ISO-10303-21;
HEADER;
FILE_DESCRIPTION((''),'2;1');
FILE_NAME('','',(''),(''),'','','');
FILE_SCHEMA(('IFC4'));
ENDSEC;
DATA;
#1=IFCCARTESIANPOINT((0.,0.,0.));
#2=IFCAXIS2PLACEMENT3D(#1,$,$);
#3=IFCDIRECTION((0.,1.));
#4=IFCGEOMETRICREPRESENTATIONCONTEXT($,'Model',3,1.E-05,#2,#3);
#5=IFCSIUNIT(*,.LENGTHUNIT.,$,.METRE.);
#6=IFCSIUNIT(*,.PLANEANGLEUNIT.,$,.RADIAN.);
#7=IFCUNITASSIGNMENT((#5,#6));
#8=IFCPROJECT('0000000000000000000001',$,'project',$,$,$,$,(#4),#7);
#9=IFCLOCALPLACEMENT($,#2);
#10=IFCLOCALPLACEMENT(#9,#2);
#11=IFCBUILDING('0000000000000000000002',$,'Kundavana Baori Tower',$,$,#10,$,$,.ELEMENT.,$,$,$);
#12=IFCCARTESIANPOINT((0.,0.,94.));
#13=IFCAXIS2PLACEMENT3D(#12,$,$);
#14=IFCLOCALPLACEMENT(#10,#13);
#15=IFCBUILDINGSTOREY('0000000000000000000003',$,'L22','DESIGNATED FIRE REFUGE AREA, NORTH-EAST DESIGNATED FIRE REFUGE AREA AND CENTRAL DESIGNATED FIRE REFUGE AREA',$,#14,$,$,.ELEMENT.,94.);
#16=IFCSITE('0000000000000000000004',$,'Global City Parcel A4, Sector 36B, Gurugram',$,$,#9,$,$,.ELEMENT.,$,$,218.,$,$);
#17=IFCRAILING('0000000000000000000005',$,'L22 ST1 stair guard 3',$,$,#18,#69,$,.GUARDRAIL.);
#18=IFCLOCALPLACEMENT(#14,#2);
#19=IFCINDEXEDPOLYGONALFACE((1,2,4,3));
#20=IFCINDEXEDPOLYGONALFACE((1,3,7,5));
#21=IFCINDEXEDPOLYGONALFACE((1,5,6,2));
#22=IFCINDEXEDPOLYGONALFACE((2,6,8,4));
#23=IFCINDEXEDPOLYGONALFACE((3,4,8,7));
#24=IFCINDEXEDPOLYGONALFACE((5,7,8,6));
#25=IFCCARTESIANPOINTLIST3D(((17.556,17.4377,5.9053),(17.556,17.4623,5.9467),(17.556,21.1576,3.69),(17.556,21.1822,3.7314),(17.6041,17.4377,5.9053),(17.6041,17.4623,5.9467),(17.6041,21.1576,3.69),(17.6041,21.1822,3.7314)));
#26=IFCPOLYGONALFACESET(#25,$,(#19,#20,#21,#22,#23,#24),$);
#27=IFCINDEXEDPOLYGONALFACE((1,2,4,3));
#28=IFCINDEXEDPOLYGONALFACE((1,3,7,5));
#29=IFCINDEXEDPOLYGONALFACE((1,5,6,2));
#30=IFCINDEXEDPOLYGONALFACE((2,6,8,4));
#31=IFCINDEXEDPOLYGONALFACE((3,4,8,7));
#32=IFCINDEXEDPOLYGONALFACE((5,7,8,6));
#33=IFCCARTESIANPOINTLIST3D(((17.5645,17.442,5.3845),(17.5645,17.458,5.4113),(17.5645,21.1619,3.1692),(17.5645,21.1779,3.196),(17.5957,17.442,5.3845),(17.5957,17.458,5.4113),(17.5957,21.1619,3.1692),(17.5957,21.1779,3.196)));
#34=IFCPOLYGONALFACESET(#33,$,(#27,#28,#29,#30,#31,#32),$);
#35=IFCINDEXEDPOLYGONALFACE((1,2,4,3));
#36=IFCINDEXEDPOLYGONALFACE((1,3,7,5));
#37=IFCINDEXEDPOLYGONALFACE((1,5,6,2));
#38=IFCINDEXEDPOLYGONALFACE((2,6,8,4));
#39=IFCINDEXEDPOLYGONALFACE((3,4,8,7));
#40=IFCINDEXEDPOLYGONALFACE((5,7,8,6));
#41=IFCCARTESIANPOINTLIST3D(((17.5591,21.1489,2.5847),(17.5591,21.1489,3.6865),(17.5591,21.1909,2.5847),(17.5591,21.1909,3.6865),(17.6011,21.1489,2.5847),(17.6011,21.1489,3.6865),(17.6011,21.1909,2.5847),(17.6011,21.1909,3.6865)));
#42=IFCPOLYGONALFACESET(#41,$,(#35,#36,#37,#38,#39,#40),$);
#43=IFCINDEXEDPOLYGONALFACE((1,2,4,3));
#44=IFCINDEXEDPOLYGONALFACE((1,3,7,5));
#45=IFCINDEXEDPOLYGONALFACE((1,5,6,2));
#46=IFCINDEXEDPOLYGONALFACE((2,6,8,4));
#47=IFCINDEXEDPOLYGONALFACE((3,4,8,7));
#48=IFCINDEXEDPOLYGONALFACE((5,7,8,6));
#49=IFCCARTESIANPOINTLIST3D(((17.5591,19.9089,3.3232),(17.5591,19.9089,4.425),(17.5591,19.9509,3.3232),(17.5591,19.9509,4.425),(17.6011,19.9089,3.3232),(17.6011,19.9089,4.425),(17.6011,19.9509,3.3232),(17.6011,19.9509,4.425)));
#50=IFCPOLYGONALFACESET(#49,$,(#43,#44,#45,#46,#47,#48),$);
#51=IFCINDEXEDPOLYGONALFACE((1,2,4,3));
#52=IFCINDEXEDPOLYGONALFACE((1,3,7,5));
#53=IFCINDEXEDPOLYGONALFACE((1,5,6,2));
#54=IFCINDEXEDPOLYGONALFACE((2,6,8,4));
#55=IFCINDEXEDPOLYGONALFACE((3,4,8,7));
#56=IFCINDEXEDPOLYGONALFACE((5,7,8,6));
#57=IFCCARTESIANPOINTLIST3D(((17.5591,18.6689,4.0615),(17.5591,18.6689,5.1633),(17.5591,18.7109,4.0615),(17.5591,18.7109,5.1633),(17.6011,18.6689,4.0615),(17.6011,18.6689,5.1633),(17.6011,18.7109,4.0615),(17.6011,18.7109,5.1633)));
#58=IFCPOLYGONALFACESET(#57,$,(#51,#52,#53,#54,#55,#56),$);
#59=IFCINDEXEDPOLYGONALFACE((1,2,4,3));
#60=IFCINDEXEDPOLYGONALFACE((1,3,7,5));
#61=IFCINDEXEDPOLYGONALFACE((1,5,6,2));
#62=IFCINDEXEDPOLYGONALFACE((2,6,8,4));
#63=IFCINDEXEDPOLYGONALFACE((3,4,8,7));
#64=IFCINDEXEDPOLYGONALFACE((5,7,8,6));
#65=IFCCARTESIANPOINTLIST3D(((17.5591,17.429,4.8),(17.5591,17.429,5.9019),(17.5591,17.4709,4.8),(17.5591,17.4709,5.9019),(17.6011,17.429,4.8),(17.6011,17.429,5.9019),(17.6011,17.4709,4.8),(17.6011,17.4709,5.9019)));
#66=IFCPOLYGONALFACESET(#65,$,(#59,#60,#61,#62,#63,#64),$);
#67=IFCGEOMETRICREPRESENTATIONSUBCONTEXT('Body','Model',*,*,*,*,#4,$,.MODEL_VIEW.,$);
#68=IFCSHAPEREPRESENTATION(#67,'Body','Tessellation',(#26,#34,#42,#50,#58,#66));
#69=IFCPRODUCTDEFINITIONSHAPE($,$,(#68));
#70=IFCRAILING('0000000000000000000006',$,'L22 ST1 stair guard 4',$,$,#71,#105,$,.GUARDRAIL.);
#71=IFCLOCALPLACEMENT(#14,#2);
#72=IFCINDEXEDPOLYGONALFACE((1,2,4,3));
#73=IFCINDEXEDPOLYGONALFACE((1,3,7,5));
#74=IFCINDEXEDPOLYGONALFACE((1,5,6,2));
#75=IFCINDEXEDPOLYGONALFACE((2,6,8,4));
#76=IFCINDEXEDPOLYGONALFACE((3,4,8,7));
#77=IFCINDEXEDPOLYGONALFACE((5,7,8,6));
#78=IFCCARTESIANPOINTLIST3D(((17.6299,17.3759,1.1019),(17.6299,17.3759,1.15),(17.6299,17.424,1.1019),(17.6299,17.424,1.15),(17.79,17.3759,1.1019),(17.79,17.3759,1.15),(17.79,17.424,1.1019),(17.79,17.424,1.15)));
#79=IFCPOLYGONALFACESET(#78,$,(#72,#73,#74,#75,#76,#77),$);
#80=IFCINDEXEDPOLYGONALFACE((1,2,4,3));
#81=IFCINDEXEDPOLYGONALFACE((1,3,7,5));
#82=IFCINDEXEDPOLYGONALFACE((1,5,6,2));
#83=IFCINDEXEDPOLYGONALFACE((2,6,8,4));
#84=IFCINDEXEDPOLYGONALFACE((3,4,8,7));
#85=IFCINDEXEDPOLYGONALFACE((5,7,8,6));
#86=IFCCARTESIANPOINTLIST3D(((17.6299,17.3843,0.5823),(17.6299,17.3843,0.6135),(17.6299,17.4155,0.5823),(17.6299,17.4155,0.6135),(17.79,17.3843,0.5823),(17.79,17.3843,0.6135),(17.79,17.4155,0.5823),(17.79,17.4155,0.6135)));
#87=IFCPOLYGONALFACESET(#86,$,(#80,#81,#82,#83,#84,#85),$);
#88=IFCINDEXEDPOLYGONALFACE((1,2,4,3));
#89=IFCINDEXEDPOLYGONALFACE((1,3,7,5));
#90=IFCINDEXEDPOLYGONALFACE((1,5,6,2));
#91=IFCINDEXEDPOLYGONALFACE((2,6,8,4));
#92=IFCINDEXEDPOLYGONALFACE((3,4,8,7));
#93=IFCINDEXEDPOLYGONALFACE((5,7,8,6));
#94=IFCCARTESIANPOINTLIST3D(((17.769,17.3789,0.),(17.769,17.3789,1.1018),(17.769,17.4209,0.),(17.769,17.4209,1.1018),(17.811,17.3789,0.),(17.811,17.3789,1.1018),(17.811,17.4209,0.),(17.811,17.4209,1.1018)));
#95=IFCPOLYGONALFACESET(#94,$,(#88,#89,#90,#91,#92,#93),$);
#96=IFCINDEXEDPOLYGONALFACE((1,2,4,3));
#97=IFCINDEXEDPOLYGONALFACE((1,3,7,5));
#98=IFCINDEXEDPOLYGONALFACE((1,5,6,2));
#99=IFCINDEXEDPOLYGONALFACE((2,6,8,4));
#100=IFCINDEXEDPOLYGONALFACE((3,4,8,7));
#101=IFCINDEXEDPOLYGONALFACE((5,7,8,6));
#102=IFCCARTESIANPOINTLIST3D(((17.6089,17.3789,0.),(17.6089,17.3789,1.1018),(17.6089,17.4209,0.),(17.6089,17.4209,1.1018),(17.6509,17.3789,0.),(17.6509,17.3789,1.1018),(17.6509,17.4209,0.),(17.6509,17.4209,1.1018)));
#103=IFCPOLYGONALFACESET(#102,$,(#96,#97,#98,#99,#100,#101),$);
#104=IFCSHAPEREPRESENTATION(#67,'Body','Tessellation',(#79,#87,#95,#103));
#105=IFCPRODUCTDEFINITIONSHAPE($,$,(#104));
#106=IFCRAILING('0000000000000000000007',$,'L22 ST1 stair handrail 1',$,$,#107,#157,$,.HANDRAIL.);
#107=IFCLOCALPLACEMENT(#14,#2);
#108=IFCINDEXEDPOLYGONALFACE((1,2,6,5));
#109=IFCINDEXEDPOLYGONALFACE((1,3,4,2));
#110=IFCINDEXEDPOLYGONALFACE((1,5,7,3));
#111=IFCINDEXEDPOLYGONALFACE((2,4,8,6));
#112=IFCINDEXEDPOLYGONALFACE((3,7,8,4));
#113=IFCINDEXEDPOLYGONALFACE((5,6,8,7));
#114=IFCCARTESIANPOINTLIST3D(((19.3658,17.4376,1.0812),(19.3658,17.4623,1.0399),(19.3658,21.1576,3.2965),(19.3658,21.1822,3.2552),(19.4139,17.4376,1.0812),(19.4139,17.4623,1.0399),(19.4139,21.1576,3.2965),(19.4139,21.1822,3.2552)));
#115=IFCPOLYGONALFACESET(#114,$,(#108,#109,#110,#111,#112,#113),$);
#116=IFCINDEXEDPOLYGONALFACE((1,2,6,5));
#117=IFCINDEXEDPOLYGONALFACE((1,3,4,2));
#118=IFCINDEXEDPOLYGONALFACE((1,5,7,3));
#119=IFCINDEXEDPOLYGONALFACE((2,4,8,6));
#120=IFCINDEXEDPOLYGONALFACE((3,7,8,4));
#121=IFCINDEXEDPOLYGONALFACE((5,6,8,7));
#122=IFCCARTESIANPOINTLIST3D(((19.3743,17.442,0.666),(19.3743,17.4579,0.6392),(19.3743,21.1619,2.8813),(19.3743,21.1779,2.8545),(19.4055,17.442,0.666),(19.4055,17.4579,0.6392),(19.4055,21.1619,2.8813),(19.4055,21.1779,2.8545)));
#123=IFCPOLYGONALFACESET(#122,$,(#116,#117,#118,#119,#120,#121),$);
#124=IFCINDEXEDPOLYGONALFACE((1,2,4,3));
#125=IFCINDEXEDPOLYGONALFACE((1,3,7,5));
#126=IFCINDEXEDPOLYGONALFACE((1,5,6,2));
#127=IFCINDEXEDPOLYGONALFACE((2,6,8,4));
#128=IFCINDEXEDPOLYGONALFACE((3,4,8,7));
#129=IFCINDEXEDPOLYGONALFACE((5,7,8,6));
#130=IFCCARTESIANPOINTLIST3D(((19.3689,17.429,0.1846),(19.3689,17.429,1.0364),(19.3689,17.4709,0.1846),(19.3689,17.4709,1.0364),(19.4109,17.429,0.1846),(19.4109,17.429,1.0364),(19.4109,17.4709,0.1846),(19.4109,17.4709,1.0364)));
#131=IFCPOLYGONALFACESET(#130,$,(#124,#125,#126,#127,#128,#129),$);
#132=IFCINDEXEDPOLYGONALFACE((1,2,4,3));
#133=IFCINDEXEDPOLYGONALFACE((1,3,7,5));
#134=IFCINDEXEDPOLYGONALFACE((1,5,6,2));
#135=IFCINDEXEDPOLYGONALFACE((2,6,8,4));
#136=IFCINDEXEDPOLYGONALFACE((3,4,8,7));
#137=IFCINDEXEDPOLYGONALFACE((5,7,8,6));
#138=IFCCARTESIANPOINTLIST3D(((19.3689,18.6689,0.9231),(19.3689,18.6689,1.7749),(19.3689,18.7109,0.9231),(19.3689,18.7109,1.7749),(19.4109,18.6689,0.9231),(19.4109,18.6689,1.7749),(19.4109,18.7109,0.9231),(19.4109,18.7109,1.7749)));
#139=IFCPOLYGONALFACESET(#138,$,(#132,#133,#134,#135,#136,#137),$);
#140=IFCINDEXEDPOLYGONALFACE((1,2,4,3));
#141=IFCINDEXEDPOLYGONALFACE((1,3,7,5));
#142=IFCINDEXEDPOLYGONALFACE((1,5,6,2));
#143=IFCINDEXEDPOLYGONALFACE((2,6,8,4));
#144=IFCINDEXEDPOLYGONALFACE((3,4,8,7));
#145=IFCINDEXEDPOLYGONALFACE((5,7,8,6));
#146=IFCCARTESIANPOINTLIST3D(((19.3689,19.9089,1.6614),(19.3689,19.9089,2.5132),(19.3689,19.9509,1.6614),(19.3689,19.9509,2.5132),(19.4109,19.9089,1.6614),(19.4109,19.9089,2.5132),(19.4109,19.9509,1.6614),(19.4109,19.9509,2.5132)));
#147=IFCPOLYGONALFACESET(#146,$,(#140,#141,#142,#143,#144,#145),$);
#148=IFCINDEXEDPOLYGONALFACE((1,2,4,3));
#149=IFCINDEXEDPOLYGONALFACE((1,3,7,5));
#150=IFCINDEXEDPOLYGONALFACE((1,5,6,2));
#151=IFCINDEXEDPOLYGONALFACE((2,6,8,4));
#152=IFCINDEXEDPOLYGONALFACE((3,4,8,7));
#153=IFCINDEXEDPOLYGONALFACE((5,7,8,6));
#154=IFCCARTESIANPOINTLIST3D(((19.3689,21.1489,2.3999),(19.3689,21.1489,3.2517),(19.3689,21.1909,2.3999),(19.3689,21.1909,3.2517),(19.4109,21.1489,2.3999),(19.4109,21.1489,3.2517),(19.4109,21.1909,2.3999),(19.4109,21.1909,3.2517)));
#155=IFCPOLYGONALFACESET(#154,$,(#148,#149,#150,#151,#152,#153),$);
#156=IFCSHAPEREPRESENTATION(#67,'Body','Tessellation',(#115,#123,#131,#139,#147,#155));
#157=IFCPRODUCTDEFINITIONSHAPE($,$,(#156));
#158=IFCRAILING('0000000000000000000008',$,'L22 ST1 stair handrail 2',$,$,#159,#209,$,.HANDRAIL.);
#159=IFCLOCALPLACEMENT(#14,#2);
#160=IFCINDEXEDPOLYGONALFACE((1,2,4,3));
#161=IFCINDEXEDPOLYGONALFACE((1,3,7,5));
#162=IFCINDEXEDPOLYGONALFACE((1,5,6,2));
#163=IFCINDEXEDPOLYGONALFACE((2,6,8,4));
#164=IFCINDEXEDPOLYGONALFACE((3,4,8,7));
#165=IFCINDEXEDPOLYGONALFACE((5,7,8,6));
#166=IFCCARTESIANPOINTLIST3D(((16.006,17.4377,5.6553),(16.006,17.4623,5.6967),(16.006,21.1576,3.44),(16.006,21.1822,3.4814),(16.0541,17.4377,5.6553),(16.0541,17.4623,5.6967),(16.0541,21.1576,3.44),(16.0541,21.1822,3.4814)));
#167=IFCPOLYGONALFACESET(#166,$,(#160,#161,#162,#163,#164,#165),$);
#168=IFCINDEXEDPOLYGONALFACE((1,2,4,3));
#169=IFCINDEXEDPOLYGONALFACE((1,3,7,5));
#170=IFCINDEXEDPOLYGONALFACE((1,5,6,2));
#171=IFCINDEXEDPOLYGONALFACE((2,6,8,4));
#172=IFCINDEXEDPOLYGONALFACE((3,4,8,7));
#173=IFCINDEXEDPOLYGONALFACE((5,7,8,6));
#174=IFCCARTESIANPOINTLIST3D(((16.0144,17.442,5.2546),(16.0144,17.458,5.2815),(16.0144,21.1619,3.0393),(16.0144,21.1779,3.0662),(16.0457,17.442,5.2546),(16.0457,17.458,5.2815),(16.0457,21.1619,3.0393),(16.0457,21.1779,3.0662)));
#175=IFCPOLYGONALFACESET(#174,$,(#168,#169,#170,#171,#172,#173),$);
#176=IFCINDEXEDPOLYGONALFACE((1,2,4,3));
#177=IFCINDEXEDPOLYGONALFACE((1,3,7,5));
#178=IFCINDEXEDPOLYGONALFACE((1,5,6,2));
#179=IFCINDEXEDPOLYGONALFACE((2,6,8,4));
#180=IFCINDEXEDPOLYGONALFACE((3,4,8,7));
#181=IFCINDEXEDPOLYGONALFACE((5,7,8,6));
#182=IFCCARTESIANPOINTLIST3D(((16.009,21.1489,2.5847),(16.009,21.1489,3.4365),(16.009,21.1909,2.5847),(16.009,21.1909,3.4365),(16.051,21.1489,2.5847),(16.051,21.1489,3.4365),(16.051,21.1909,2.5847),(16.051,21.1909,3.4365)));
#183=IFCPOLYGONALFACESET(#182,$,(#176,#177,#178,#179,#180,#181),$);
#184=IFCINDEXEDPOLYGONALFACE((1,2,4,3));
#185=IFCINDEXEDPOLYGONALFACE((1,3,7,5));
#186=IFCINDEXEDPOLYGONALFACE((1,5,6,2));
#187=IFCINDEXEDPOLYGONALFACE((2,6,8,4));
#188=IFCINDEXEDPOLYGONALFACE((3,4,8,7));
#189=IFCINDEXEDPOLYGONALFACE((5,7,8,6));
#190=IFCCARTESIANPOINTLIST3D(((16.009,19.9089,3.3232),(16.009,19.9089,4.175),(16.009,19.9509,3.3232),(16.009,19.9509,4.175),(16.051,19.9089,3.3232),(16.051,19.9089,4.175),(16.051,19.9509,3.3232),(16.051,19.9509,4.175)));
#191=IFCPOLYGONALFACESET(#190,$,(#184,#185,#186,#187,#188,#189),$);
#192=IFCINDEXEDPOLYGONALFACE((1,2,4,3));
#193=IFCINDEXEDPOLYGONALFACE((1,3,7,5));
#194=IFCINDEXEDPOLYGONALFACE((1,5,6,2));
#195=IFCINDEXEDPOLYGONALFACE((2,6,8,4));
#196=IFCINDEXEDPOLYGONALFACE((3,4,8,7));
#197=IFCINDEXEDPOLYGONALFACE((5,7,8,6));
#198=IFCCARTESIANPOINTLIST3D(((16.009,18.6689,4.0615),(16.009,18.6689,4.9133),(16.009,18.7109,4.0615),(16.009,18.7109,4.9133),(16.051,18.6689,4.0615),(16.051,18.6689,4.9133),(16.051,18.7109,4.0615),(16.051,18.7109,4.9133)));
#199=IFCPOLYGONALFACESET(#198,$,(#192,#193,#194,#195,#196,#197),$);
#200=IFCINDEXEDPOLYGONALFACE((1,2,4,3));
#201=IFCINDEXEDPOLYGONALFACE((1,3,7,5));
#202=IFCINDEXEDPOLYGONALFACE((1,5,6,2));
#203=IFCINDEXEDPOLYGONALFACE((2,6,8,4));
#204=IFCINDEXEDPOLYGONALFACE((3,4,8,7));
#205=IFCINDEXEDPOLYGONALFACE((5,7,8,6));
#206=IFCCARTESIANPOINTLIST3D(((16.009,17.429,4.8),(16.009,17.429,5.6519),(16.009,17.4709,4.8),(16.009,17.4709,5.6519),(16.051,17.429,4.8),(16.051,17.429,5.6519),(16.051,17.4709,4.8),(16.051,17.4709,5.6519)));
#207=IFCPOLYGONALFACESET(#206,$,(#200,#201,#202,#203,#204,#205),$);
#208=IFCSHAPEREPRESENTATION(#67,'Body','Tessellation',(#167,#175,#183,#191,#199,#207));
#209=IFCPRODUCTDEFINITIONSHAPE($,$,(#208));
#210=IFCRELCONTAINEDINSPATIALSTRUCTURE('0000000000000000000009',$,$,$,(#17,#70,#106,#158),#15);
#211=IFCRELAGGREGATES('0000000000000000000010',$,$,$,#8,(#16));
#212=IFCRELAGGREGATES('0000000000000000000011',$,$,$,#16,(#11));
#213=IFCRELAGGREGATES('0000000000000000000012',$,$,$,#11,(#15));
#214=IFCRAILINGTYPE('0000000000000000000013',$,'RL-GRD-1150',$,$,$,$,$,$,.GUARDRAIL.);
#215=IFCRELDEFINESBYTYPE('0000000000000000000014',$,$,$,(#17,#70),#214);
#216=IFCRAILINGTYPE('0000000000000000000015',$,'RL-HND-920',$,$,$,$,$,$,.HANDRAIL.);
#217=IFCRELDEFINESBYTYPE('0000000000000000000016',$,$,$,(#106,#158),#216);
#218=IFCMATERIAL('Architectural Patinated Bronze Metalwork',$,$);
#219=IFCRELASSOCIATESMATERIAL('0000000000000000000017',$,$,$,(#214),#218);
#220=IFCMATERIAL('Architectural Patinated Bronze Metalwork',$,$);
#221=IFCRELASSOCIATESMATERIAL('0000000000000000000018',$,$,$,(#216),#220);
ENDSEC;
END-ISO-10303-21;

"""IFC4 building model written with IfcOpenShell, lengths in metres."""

from ifc_helpers import new_model, si_unit, direction, frame, origin, origin_2d, place, context, subcontext, project, spatial, rectangle, extrude, material, type_object, element, save


model = new_model("IFC4")

# Units and contexts
model_context = context("Model", 3, precision=1e-05, world=origin(), true_north=direction((0.0, 1.0)))
body_context = subcontext(model_context, "Body", "Model", "MODEL_VIEW")
ifc_project = project(units=[si_unit("LENGTHUNIT", "METRE"), si_unit("PLANEANGLEUNIT", "RADIAN")], contexts=[model_context])

# Site, building, storey
site_placement = place(None, origin())
site = spatial("IfcSite", under=ifc_project, at=site_placement, Name="Global City Parcel A4, Sector 36B, Gurugram", CompositionType="ELEMENT", RefElevation=218.0)
building_placement = place(site_placement, origin())
building = spatial("IfcBuilding", under=site, at=building_placement, Name="Kundavana Baori Tower", CompositionType="ELEMENT")
storey_placement = place(building_placement, frame((0.0, 0.0, 94.0)))
storey = spatial("IfcBuildingStorey", under=building, at=storey_placement, Name="L22", Description="DESIGNATED FIRE REFUGE AREA, NORTH-EAST DESIGNATED FIRE REFUGE AREA AND CENTRAL DESIGNATED FIRE REFUGE AREA", CompositionType="ELEMENT", Elevation=94.0)

# Railings
ifc_material_1 = material(Name="Architectural Patinated Bronze Metalwork")
railing_type_1 = type_object("IfcRailingType", Name="RL-GRD-1150", PredefinedType="GUARDRAIL", material=ifc_material_1)
railing_1_placement = place(storey_placement, frame((17.5801, 21.1699, 2.5847)))
element("IfcRailing", 1, at=railing_1_placement, inside=storey, type_object=railing_type_1, Name="L22 ST1 stair guard 3", PredefinedType="GUARDRAIL", context=body_context, shape_type="SweptSolid", body=[
    extrude(rectangle(XDim=0.0481, YDim=0.0481, at=origin_2d()), frame((0.0, 0.0, 1.126), z_axis=(0.0, -0.859185, 0.511665), x_axis=(1.0, 0.0, 0.0)), (0.0, 0.0, 1.0), 4.3296),
    extrude(rectangle(XDim=0.0312, YDim=0.0312, at=origin_2d()), frame((0.0, 0.0, 0.5979), z_axis=(0.0, -0.859185, 0.511665), x_axis=(1.0, 0.0, 0.0)), (0.0, 0.0, 1.0), 4.3296),
    extrude(rectangle(XDim=0.042, YDim=0.042, at=origin_2d()), origin(), (0.0, 0.0, 1.0), 1.1018),
    extrude(rectangle(XDim=0.042, YDim=0.042, at=origin_2d()), frame((0.0, -1.24, 0.7385)), (0.0, 0.0, 1.0), 1.1018),
    extrude(rectangle(XDim=0.042, YDim=0.042, at=origin_2d()), frame((0.0, -2.48, 1.4768)), (0.0, 0.0, 1.0), 1.1018),
    extrude(rectangle(XDim=0.042, YDim=0.042, at=origin_2d()), frame((0.0, -3.72, 2.2153)), (0.0, 0.0, 1.0), 1.1018),
])
railing_2_placement = place(storey_placement, frame((17.79, 17.3999, 0.0)))
element("IfcRailing", 2, at=railing_2_placement, inside=storey, type_object=railing_type_1, Name="L22 ST1 stair guard 4", PredefinedType="GUARDRAIL", context=body_context, shape_type="SweptSolid", body=[
    extrude(rectangle(XDim=0.0481, YDim=0.0481, at=origin_2d()), frame((0.0, 0.0, 1.126), z_axis=(-1.0, 0.0, 0.0), x_axis=(0.0, -1.0, 0.0)), (0.0, 0.0, 1.0), 0.1602),
    extrude(rectangle(XDim=0.0312, YDim=0.0312, at=origin_2d()), frame((0.0, 0.0, 0.5979), z_axis=(-1.0, 0.0, 0.0), x_axis=(0.0, -1.0, 0.0)), (0.0, 0.0, 1.0), 0.1602),
    extrude(rectangle(XDim=0.042, YDim=0.042, at=origin_2d()), origin(), (0.0, 0.0, 1.0), 1.1018),
    extrude(rectangle(XDim=0.042, YDim=0.042, at=origin_2d()), frame((-0.1602, 0.0, 0.0)), (0.0, 0.0, 1.0), 1.1018),
])
ifc_material_2 = material(Name="Architectural Patinated Bronze Metalwork")
railing_type_2 = type_object("IfcRailingType", Name="RL-HND-920", PredefinedType="HANDRAIL", material=ifc_material_2)
railing_3_placement = place(storey_placement, frame((19.3899, 17.45, 0.1846)))
element("IfcRailing", 3, at=railing_3_placement, inside=storey, type_object=railing_type_2, Name="L22 ST1 stair handrail 1", PredefinedType="HANDRAIL", context=body_context, shape_type="SweptSolid", body=[
    extrude(rectangle(XDim=0.0481, YDim=0.0481, at=origin_2d()), frame((0.0, 0.0, 0.876), z_axis=(0.0, 0.859185, 0.511665), x_axis=(-1.0, 0.0, 0.0)), (0.0, 0.0, 1.0), 4.3296),
    extrude(rectangle(XDim=0.0312, YDim=0.0312, at=origin_2d()), frame((0.0, 0.0, 0.468), z_axis=(0.0, 0.859185, 0.511665), x_axis=(-1.0, 0.0, 0.0)), (0.0, 0.0, 1.0), 4.3296),
    extrude(rectangle(XDim=0.042, YDim=0.042, at=origin_2d()), origin(), (0.0, 0.0, 1.0), 0.8518),
    extrude(rectangle(XDim=0.042, YDim=0.042, at=origin_2d()), frame((0.0, 1.24, 0.7385)), (0.0, 0.0, 1.0), 0.8518),
    extrude(rectangle(XDim=0.042, YDim=0.042, at=origin_2d()), frame((0.0, 2.48, 1.4768)), (0.0, 0.0, 1.0), 0.8518),
    extrude(rectangle(XDim=0.042, YDim=0.042, at=origin_2d()), frame((0.0, 3.72, 2.2153)), (0.0, 0.0, 1.0), 0.8518),
])
railing_4_placement = place(storey_placement, frame((16.03, 21.1699, 2.5847)))
element("IfcRailing", 4, at=railing_4_placement, inside=storey, type_object=railing_type_2, Name="L22 ST1 stair handrail 2", PredefinedType="HANDRAIL", context=body_context, shape_type="SweptSolid", body=[
    extrude(rectangle(XDim=0.0481, YDim=0.0481, at=origin_2d()), frame((0.0, 0.0, 0.876), z_axis=(0.0, -0.859185, 0.511665), x_axis=(1.0, 0.0, 0.0)), (0.0, 0.0, 1.0), 4.3296),
    extrude(rectangle(XDim=0.0312, YDim=0.0312, at=origin_2d()), frame((0.0, 0.0, 0.468), z_axis=(0.0, -0.859185, 0.511665), x_axis=(1.0, 0.0, 0.0)), (0.0, 0.0, 1.0), 4.3296),
    extrude(rectangle(XDim=0.042, YDim=0.042, at=origin_2d()), origin(), (0.0, 0.0, 1.0), 0.8518),
    extrude(rectangle(XDim=0.042, YDim=0.042, at=origin_2d()), frame((0.0, -1.24, 0.7385)), (0.0, 0.0, 1.0), 0.8518),
    extrude(rectangle(XDim=0.042, YDim=0.042, at=origin_2d()), frame((0.0, -2.48, 1.4768)), (0.0, 0.0, 1.0), 0.8518),
    extrude(rectangle(XDim=0.042, YDim=0.042, at=origin_2d()), frame((0.0, -3.72, 2.2153)), (0.0, 0.0, 1.0), 0.8518),
])

save(model, "model.ifc")
